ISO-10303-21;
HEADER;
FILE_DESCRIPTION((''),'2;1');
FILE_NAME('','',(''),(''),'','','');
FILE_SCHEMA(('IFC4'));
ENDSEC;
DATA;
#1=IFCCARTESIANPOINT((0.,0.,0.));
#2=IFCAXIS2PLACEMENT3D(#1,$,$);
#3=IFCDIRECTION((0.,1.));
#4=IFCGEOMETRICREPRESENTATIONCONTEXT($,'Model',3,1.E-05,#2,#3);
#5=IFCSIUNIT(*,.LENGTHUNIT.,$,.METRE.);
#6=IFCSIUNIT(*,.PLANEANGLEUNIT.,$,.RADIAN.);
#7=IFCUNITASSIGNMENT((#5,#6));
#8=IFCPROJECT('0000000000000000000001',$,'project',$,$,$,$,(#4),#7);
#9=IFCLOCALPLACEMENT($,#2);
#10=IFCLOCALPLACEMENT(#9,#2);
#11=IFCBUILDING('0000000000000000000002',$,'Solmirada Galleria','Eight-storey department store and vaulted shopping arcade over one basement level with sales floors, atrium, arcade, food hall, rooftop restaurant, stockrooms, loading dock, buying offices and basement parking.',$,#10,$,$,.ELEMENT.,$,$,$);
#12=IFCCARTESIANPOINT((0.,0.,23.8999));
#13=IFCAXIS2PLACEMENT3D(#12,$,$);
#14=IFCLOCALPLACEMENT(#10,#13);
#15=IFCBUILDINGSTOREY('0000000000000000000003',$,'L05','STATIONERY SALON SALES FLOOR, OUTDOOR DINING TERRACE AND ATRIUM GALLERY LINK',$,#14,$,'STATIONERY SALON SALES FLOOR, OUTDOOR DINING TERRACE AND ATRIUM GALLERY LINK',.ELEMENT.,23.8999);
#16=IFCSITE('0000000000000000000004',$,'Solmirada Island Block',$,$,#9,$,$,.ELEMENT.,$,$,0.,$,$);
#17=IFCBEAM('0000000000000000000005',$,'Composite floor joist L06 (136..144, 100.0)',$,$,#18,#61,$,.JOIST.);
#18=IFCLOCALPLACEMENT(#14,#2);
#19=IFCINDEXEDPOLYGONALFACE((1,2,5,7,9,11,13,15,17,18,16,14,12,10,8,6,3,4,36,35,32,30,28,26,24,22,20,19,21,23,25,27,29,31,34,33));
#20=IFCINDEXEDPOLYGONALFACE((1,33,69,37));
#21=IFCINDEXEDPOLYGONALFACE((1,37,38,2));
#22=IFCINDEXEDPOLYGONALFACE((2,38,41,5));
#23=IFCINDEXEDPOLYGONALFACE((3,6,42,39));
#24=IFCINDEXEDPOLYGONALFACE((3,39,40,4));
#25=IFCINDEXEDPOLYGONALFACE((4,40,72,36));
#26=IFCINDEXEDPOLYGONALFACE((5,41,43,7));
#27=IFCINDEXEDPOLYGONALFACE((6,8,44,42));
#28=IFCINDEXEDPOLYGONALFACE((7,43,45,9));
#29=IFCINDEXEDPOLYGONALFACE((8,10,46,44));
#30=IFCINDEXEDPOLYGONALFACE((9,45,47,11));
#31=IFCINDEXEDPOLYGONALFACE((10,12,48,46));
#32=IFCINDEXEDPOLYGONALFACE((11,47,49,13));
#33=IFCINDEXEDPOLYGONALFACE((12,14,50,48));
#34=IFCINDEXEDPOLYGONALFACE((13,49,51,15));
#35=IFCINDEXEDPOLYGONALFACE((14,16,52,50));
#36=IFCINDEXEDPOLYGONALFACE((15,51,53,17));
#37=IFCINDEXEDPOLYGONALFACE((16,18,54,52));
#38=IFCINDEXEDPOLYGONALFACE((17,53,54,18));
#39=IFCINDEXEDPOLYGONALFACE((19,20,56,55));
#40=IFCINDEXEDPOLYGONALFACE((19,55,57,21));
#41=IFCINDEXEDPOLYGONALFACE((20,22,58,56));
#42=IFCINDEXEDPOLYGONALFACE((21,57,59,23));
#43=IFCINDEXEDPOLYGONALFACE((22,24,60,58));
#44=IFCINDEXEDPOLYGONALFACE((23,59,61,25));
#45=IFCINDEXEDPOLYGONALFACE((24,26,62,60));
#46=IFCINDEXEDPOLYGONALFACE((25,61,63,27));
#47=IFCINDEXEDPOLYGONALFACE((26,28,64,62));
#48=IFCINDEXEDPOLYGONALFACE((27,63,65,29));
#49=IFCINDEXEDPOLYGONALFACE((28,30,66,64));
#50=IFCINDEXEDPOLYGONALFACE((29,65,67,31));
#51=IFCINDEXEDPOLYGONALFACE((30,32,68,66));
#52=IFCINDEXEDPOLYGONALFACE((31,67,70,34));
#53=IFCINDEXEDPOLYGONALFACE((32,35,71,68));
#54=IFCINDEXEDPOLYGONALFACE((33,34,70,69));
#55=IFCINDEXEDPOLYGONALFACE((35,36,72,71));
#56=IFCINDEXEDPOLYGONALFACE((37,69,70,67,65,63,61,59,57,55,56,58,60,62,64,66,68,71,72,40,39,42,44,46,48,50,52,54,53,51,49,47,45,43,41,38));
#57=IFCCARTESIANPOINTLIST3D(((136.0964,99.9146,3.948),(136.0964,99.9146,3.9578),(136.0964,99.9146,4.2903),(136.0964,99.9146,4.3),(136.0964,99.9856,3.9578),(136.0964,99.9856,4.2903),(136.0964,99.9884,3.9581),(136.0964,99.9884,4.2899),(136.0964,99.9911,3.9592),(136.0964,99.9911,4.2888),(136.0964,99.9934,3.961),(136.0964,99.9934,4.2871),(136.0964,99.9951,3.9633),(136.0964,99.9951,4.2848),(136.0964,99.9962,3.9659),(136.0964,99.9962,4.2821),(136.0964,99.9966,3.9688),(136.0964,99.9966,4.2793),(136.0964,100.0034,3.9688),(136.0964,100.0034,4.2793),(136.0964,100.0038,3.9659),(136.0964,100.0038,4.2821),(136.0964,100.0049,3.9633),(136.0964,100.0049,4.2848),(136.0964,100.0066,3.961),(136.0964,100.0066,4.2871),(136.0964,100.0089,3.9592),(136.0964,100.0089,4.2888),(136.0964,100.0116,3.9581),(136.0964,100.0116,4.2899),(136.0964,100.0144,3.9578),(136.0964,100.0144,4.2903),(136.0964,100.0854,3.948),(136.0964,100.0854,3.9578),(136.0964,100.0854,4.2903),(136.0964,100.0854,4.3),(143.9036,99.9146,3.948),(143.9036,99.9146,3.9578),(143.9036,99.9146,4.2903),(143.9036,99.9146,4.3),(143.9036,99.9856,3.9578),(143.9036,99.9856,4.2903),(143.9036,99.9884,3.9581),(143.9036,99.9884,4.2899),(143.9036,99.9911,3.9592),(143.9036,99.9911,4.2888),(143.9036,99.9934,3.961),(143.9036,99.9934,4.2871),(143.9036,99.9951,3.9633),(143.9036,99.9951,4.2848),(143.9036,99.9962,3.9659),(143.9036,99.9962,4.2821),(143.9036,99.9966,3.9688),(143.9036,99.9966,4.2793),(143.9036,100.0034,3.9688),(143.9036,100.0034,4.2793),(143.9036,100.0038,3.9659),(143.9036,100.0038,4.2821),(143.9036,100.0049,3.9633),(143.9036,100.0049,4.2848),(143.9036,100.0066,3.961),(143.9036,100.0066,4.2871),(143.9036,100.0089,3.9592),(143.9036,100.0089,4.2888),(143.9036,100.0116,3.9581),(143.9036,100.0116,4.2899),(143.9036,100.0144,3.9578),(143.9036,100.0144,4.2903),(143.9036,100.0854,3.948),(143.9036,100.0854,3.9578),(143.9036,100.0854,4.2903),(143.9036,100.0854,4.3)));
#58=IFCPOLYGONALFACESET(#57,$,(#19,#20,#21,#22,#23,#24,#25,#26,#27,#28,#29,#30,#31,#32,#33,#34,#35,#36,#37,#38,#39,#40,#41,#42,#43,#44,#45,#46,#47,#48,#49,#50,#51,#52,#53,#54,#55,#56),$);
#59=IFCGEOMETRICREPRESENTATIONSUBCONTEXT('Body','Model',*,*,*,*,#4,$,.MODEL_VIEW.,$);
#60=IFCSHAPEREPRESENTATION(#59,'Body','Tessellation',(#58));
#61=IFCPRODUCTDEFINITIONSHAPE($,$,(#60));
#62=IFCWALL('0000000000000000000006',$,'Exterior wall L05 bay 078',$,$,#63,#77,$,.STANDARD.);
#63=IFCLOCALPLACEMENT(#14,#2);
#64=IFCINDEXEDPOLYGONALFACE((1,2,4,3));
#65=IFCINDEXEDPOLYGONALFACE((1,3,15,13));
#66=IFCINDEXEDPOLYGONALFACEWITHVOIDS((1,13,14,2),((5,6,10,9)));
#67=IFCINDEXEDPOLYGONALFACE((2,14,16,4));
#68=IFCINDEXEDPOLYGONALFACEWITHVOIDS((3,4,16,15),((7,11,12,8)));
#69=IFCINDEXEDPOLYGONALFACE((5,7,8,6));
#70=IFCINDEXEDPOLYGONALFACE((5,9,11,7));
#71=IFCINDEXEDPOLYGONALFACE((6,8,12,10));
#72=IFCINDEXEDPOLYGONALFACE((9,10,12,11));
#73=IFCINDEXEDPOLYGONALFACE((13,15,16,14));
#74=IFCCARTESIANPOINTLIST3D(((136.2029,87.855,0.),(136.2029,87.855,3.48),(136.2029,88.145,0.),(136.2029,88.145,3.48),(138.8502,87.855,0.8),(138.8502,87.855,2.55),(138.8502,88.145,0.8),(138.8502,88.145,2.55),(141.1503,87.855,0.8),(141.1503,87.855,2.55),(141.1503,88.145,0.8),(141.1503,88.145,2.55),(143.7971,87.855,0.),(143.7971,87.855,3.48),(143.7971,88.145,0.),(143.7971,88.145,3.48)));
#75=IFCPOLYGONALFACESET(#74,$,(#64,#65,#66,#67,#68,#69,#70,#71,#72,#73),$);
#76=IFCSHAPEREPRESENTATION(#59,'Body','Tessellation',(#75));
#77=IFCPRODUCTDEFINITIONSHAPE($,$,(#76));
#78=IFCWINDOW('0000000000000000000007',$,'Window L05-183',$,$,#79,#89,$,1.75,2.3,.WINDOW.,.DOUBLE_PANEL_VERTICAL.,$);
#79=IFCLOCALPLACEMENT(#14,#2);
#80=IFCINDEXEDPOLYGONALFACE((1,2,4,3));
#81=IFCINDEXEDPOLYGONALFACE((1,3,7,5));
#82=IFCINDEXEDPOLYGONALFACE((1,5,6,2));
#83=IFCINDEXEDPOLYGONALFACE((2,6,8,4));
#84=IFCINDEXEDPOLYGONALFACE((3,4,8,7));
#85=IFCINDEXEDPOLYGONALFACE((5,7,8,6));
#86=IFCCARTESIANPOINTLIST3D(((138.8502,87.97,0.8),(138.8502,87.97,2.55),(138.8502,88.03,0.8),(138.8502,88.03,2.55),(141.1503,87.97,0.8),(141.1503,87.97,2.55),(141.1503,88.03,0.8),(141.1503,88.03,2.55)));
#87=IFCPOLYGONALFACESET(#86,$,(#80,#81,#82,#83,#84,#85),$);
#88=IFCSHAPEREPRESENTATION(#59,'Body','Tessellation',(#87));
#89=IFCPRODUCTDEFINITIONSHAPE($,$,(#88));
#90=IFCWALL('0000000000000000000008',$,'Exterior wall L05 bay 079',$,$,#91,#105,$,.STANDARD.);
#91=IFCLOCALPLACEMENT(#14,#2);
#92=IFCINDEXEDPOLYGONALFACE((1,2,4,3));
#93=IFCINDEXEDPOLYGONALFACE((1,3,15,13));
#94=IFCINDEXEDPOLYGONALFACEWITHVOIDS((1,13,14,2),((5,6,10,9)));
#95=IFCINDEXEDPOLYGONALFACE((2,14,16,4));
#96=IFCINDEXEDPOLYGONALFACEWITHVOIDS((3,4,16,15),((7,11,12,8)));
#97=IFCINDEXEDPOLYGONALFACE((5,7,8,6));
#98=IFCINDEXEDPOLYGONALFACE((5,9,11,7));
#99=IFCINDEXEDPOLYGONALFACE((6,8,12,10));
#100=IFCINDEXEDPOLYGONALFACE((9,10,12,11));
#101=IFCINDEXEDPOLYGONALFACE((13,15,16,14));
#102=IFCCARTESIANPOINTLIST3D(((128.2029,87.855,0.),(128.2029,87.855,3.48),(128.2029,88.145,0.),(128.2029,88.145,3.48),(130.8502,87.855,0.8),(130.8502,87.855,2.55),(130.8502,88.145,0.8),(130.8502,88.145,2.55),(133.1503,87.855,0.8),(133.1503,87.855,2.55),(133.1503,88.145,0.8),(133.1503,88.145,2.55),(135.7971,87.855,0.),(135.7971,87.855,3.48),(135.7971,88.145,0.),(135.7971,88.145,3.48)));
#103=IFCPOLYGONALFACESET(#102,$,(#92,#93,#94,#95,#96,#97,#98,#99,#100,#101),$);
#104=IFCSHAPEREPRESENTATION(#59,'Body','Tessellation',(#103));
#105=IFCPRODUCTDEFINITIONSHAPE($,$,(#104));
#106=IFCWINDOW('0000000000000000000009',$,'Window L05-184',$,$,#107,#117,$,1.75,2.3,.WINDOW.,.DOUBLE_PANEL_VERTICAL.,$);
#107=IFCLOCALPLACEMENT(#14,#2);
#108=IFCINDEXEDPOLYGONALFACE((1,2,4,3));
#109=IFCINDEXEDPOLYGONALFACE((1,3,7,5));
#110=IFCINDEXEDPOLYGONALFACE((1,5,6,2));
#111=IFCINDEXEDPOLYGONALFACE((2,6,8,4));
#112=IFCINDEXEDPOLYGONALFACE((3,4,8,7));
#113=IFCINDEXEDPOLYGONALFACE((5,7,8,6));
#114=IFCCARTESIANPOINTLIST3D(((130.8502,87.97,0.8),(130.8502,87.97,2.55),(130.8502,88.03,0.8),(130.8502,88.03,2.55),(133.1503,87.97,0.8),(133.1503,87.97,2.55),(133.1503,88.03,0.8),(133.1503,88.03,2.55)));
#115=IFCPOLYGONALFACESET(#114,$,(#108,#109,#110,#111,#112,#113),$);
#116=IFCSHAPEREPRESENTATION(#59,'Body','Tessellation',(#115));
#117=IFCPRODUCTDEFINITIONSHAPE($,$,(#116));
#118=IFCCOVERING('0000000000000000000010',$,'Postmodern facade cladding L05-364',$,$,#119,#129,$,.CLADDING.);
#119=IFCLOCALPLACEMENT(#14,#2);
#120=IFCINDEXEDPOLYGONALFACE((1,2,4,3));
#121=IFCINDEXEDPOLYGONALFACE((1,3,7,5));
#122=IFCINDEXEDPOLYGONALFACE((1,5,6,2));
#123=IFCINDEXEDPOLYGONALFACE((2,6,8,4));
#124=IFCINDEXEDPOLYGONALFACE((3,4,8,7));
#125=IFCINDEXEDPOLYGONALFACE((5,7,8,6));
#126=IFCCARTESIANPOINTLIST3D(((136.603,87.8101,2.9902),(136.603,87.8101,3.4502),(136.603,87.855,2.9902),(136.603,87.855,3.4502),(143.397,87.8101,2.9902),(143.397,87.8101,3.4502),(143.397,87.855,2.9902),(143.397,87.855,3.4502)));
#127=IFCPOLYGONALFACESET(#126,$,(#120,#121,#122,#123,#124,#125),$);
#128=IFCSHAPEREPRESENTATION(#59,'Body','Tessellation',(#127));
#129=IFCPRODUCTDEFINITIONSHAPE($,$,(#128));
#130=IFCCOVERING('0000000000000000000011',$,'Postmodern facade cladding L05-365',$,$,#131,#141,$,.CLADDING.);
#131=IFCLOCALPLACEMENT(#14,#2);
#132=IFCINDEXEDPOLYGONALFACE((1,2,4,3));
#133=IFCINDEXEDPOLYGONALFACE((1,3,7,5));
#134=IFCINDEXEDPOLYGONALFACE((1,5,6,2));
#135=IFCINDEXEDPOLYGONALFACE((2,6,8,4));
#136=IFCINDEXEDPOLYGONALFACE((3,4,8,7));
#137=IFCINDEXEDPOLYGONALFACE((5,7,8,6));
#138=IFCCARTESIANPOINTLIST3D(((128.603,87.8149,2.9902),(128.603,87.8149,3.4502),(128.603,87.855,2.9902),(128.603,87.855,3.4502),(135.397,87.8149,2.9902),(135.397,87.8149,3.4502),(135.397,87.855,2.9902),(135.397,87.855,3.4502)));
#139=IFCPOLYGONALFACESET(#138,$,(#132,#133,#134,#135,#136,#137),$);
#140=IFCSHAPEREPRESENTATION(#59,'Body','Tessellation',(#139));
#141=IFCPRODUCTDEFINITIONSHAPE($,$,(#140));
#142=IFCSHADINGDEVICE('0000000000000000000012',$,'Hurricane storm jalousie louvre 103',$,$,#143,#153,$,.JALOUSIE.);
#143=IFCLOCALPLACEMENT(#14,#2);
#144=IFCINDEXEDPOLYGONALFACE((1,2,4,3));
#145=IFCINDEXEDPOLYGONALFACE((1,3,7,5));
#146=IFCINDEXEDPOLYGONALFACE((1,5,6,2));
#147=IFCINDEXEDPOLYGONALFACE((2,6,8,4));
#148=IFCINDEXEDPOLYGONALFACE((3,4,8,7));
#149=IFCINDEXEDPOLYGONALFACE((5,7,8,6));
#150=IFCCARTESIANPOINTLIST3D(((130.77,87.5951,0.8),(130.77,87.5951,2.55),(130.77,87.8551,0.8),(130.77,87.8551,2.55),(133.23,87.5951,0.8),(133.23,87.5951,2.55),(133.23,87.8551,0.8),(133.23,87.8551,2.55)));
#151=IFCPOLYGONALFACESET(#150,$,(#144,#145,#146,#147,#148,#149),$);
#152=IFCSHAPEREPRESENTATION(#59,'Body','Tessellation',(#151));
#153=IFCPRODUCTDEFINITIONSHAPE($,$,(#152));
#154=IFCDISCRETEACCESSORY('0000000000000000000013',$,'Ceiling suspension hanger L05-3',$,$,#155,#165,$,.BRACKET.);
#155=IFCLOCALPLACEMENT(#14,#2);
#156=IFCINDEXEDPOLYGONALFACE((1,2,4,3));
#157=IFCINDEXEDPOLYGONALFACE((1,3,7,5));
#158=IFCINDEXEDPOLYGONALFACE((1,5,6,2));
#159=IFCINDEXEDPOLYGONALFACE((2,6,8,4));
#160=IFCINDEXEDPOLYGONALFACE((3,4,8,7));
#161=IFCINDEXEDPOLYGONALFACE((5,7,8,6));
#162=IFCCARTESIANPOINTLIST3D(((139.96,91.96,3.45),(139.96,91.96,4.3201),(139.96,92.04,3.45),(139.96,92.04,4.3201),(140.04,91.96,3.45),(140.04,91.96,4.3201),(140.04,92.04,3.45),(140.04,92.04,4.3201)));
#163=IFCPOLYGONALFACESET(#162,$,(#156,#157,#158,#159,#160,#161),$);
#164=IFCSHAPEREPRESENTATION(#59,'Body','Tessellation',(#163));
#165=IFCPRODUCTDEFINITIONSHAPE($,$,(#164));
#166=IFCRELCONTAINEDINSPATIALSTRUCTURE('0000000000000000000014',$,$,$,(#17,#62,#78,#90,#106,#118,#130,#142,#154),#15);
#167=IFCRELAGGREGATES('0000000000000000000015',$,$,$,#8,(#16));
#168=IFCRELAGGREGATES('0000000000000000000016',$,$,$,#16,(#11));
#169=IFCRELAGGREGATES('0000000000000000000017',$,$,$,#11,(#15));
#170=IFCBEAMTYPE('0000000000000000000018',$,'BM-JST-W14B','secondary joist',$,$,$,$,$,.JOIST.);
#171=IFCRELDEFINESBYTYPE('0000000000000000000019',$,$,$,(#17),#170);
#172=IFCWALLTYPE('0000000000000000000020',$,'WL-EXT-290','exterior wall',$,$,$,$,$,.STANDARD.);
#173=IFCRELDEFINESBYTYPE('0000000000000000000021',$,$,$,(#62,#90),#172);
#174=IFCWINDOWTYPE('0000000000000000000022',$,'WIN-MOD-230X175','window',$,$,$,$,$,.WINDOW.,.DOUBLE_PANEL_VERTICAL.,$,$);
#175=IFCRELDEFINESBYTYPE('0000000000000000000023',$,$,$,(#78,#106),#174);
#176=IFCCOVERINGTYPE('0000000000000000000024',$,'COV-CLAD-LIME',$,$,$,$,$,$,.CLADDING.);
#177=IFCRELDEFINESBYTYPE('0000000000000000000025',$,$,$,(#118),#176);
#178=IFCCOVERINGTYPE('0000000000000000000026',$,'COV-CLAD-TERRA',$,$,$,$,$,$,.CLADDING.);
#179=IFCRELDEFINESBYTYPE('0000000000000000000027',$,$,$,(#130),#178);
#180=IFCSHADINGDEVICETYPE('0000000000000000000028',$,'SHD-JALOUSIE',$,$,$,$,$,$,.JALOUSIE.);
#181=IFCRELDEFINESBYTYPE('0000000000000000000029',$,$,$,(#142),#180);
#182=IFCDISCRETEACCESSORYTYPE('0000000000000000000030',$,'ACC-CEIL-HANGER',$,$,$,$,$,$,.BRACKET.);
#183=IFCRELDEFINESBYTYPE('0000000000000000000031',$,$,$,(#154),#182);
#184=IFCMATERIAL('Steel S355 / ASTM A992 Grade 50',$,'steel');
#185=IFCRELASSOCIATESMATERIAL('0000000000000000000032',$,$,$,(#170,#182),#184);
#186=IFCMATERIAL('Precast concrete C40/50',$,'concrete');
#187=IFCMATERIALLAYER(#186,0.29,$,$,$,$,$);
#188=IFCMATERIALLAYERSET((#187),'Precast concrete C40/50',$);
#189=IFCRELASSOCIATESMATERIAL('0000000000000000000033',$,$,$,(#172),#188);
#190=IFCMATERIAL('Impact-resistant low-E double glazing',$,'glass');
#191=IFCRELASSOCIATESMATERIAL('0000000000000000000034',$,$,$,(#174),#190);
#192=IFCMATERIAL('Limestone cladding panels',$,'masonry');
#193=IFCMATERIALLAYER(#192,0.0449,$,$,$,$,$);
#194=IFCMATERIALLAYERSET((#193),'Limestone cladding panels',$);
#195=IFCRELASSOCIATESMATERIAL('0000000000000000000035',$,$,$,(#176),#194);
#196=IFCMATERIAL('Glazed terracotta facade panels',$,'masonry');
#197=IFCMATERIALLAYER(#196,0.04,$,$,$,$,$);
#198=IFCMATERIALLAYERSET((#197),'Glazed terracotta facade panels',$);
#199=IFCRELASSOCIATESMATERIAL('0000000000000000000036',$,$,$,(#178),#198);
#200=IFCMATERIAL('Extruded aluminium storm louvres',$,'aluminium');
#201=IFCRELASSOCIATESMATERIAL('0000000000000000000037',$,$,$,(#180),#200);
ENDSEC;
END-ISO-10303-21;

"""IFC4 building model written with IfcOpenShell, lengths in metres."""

from ifc_helpers import new_model, si_unit, direction, frame, frame_2d, origin, origin_2d, place, context, subcontext, project, spatial, rectangle, i_section, extrude, material, layer, layer_set, material_profile, profile_set, type_object, element, fill, save


model = new_model("IFC4")

# Units and contexts
model_context = context("Model", 3, precision=1e-05, world=origin(), true_north=direction((0.0, 1.0)))
body_context = subcontext(model_context, "Body", "Model", "MODEL_VIEW")
ifc_project = project(units=[si_unit("LENGTHUNIT", "METRE"), si_unit("PLANEANGLEUNIT", "RADIAN")], contexts=[model_context])

# Site, building, storey
site_placement = place(None, origin())
site = spatial("IfcSite", under=ifc_project, at=site_placement, Name="Solmirada Island Block", CompositionType="ELEMENT", RefElevation=0.0)
building_placement = place(site_placement, origin())
building = spatial("IfcBuilding", under=site, at=building_placement, Name="Solmirada Galleria", Description="Eight-storey department store and vaulted shopping arcade over one basement level with sales floors, atrium, arcade, food hall, rooftop restaurant, stockrooms, loading dock, buying offices and basement parking.", CompositionType="ELEMENT")
storey_placement = place(building_placement, frame((0.0, 0.0, 23.8999)))
storey = spatial("IfcBuildingStorey", under=building, at=storey_placement, Name="L05", Description="STATIONERY SALON SALES FLOOR, OUTDOOR DINING TERRACE AND ATRIUM GALLERY LINK", LongName="STATIONERY SALON SALES FLOOR, OUTDOOR DINING TERRACE AND ATRIUM GALLERY LINK", CompositionType="ELEMENT", Elevation=23.8999)

# Beam
ifc_material_1 = material(Name="Steel S355 / ASTM A992 Grade 50", Category="steel")
ifc_material_profile_1 = material_profile(ifc_material_1, i_section(OverallWidth=0.1709, OverallDepth=0.3521, WebThickness=0.0068, FlangeThickness=0.0098, FilletRadius=0.011, at=origin_2d()), Name="W14X30")
ifc_profile_set_1 = profile_set([ifc_material_profile_1], Name="Steel S355 / ASTM A992 Grade 50")
beam_type_1 = type_object("IfcBeamType", Name="BM-JST-W14B", Description="secondary joist", PredefinedType="JOIST", material=ifc_profile_set_1)
for number, where, z_axis, x_axis, name in (
    (1, (136.0964, 100.0, 4.124), (1.0, 0.0, 0.0), (0.0, 1.0, 0.0), "Composite floor joist L06 (136..144, 100.0)"),
):
    element("IfcBeam", number, at=place(storey_placement, frame(where, z_axis=z_axis, x_axis=x_axis)), inside=storey, type_object=beam_type_1, Name=name, PredefinedType="JOIST", context=body_context, shape_type="SweptSolid", body=[
        extrude(i_section(OverallWidth=0.1709, OverallDepth=0.3521, WebThickness=0.0068, FlangeThickness=0.0098, FilletRadius=0.011, at=origin_2d()), origin(), (0.0, 0.0, 1.0), 7.8071),
    ])

# Walls, openings, windows
ifc_material_2 = material(Name="Precast concrete C40/50", Category="concrete")
ifc_layer_1 = layer(ifc_material_2, 0.29)
ifc_layer_set_1 = layer_set([ifc_layer_1], Name="Precast concrete C40/50")
wall_type_1 = type_object("IfcWallType", Name="WL-EXT-290", Description="exterior wall", PredefinedType="STANDARD", material=ifc_layer_set_1)
wall_1_placement = place(storey_placement, frame((143.7971, 88.0, 0.0), z_axis=(0.0, 0.0, 1.0), x_axis=(-1.0, 0.0, 0.0)))
wall_1 = element("IfcWall", 2, at=wall_1_placement, inside=storey, type_object=wall_type_1, Name="Exterior wall L05 bay 078", PredefinedType="STANDARD", context=body_context, shape_type="SweptSolid", body=[
    extrude(rectangle(XDim=7.5942, YDim=0.29, at=frame_2d((3.7971, 0.0))), origin(), (0.0, 0.0, 1.0), 3.48),
])
opening_1_placement = place(wall_1_placement, frame((2.647, 0.0, 0.8)))
opening_1 = element("IfcOpeningElement", 3, at=opening_1_placement, cuts=wall_1, PredefinedType="OPENING", context=body_context, shape_type="SweptSolid", body=[
    extrude(rectangle(XDim=2.3, YDim=1.75, at=frame_2d((1.1499, 0.875))), frame((0.0, 0.155, 0.0), z_axis=(0.0, -1.0, 0.0), x_axis=(1.0, 0.0, 0.0)), (0.0, 0.0, 1.0), 0.3101),
])
ifc_material_3 = material(Name="Impact-resistant low-E double glazing", Category="glass")
window_type = type_object("IfcWindowType", Name="WIN-MOD-230X175", Description="window", PartitioningType="DOUBLE_PANEL_VERTICAL", PredefinedType="WINDOW", material=ifc_material_3)
window_1_placement = place(opening_1_placement, origin())
window_1 = element("IfcWindow", 4, at=window_1_placement, inside=storey, type_object=window_type, Name="Window L05-183", OverallHeight=1.75, OverallWidth=2.3, PartitioningType="DOUBLE_PANEL_VERTICAL", PredefinedType="WINDOW", context=body_context, shape_type="SweptSolid", body=[
    extrude(rectangle(XDim=2.3, YDim=1.75, at=frame_2d((1.1499, 0.875))), frame((0.0, 0.03, 0.0), z_axis=(0.0, -1.0, 0.0), x_axis=(1.0, 0.0, 0.0)), (0.0, 0.0, 1.0), 0.0601),
])
fill(opening_1, window_1)
wall_2_placement = place(storey_placement, frame((135.7971, 88.0, 0.0), z_axis=(0.0, 0.0, 1.0), x_axis=(-1.0, 0.0, 0.0)))
wall_2 = element("IfcWall", 5, at=wall_2_placement, inside=storey, type_object=wall_type_1, Name="Exterior wall L05 bay 079", PredefinedType="STANDARD", context=body_context, shape_type="SweptSolid", body=[
    extrude(rectangle(XDim=7.5942, YDim=0.29, at=frame_2d((3.7971, 0.0))), origin(), (0.0, 0.0, 1.0), 3.48),
])
opening_2_placement = place(wall_2_placement, frame((2.647, 0.0, 0.8)))
opening_2 = element("IfcOpeningElement", 6, at=opening_2_placement, cuts=wall_2, PredefinedType="OPENING", context=body_context, shape_type="SweptSolid", body=[
    extrude(rectangle(XDim=2.3, YDim=1.75, at=frame_2d((1.1499, 0.875))), frame((0.0, 0.155, 0.0), z_axis=(0.0, -1.0, 0.0), x_axis=(1.0, 0.0, 0.0)), (0.0, 0.0, 1.0), 0.3101),
])
window_2_placement = place(opening_2_placement, origin())
window_2 = element("IfcWindow", 7, at=window_2_placement, inside=storey, type_object=window_type, Name="Window L05-184", OverallHeight=1.75, OverallWidth=2.3, PartitioningType="DOUBLE_PANEL_VERTICAL", PredefinedType="WINDOW", context=body_context, shape_type="SweptSolid", body=[
    extrude(rectangle(XDim=2.3, YDim=1.75, at=frame_2d((1.1499, 0.875))), frame((0.0, 0.03, 0.0), z_axis=(0.0, -1.0, 0.0), x_axis=(1.0, 0.0, 0.0)), (0.0, 0.0, 1.0), 0.0601),
])
fill(opening_2, window_2)

# Coverings
ifc_material_4 = material(Name="Limestone cladding panels", Category="masonry")
ifc_layer_2 = layer(ifc_material_4, 0.0449)
ifc_layer_set_2 = layer_set([ifc_layer_2], Name="Limestone cladding panels")
covering_type_1 = type_object("IfcCoveringType", Name="COV-CLAD-LIME", PredefinedType="CLADDING", material=ifc_layer_set_2)
covering_1_placement = place(storey_placement, frame((140.0, 87.8325, 2.9902), z_axis=(0.0, 0.0, 1.0), x_axis=(-1.0, 0.0, 0.0)))
element("IfcCovering", 8, at=covering_1_placement, inside=storey, type_object=covering_type_1, Name="Postmodern facade cladding L05-364", PredefinedType="CLADDING", context=body_context, shape_type="SweptSolid", body=[
    extrude(rectangle(XDim=6.7939, YDim=0.0449, at=origin_2d()), origin(), (0.0, 0.0, 1.0), 0.46),
])
ifc_material_5 = material(Name="Glazed terracotta facade panels", Category="masonry")
ifc_layer_3 = layer(ifc_material_5, 0.04)
ifc_layer_set_3 = layer_set([ifc_layer_3], Name="Glazed terracotta facade panels")
covering_type_2 = type_object("IfcCoveringType", Name="COV-CLAD-TERRA", PredefinedType="CLADDING", material=ifc_layer_set_3)
covering_2_placement = place(storey_placement, frame((132.0, 87.835, 2.9902), z_axis=(0.0, 0.0, 1.0), x_axis=(-1.0, 0.0, 0.0)))
element("IfcCovering", 9, at=covering_2_placement, inside=storey, type_object=covering_type_2, Name="Postmodern facade cladding L05-365", PredefinedType="CLADDING", context=body_context, shape_type="SweptSolid", body=[
    extrude(rectangle(XDim=6.7939, YDim=0.04, at=origin_2d()), origin(), (0.0, 0.0, 1.0), 0.46),
])

# Shading device
ifc_material_6 = material(Name="Extruded aluminium storm louvres", Category="aluminium")
shading_device_type = type_object("IfcShadingDeviceType", Name="SHD-JALOUSIE", PredefinedType="JALOUSIE", material=ifc_material_6)
shading_device_placement = place(storey_placement, frame((132.0, 87.7251, 0.8), z_axis=(0.0, 0.0, 1.0), x_axis=(-1.0, 0.0, 0.0)))
element("IfcShadingDevice", 10, at=shading_device_placement, inside=storey, type_object=shading_device_type, Name="Hurricane storm jalousie louvre 103", PredefinedType="JALOUSIE", context=body_context, shape_type="SweptSolid", body=[
    extrude(rectangle(XDim=2.46, YDim=0.26, at=origin_2d()), origin(), (0.0, 0.0, 1.0), 1.75),
])

# Discrete accessory
discrete_accessory_type = type_object("IfcDiscreteAccessoryType", Name="ACC-CEIL-HANGER", PredefinedType="BRACKET", material=ifc_material_1)
discrete_accessory_placement = place(storey_placement, frame((140.0, 92.0, 3.45), z_axis=(0.0, 0.0, 1.0), x_axis=(1.0, 0.0, 0.0)))
element("IfcDiscreteAccessory", 11, at=discrete_accessory_placement, inside=storey, type_object=discrete_accessory_type, Name="Ceiling suspension hanger L05-3", PredefinedType="BRACKET", context=body_context, shape_type="SweptSolid", body=[
    extrude(rectangle(XDim=0.0801, YDim=0.0801, at=origin_2d()), origin(), (0.0, 0.0, 1.0), 0.8701),
])

save(model, "model.ifc")
